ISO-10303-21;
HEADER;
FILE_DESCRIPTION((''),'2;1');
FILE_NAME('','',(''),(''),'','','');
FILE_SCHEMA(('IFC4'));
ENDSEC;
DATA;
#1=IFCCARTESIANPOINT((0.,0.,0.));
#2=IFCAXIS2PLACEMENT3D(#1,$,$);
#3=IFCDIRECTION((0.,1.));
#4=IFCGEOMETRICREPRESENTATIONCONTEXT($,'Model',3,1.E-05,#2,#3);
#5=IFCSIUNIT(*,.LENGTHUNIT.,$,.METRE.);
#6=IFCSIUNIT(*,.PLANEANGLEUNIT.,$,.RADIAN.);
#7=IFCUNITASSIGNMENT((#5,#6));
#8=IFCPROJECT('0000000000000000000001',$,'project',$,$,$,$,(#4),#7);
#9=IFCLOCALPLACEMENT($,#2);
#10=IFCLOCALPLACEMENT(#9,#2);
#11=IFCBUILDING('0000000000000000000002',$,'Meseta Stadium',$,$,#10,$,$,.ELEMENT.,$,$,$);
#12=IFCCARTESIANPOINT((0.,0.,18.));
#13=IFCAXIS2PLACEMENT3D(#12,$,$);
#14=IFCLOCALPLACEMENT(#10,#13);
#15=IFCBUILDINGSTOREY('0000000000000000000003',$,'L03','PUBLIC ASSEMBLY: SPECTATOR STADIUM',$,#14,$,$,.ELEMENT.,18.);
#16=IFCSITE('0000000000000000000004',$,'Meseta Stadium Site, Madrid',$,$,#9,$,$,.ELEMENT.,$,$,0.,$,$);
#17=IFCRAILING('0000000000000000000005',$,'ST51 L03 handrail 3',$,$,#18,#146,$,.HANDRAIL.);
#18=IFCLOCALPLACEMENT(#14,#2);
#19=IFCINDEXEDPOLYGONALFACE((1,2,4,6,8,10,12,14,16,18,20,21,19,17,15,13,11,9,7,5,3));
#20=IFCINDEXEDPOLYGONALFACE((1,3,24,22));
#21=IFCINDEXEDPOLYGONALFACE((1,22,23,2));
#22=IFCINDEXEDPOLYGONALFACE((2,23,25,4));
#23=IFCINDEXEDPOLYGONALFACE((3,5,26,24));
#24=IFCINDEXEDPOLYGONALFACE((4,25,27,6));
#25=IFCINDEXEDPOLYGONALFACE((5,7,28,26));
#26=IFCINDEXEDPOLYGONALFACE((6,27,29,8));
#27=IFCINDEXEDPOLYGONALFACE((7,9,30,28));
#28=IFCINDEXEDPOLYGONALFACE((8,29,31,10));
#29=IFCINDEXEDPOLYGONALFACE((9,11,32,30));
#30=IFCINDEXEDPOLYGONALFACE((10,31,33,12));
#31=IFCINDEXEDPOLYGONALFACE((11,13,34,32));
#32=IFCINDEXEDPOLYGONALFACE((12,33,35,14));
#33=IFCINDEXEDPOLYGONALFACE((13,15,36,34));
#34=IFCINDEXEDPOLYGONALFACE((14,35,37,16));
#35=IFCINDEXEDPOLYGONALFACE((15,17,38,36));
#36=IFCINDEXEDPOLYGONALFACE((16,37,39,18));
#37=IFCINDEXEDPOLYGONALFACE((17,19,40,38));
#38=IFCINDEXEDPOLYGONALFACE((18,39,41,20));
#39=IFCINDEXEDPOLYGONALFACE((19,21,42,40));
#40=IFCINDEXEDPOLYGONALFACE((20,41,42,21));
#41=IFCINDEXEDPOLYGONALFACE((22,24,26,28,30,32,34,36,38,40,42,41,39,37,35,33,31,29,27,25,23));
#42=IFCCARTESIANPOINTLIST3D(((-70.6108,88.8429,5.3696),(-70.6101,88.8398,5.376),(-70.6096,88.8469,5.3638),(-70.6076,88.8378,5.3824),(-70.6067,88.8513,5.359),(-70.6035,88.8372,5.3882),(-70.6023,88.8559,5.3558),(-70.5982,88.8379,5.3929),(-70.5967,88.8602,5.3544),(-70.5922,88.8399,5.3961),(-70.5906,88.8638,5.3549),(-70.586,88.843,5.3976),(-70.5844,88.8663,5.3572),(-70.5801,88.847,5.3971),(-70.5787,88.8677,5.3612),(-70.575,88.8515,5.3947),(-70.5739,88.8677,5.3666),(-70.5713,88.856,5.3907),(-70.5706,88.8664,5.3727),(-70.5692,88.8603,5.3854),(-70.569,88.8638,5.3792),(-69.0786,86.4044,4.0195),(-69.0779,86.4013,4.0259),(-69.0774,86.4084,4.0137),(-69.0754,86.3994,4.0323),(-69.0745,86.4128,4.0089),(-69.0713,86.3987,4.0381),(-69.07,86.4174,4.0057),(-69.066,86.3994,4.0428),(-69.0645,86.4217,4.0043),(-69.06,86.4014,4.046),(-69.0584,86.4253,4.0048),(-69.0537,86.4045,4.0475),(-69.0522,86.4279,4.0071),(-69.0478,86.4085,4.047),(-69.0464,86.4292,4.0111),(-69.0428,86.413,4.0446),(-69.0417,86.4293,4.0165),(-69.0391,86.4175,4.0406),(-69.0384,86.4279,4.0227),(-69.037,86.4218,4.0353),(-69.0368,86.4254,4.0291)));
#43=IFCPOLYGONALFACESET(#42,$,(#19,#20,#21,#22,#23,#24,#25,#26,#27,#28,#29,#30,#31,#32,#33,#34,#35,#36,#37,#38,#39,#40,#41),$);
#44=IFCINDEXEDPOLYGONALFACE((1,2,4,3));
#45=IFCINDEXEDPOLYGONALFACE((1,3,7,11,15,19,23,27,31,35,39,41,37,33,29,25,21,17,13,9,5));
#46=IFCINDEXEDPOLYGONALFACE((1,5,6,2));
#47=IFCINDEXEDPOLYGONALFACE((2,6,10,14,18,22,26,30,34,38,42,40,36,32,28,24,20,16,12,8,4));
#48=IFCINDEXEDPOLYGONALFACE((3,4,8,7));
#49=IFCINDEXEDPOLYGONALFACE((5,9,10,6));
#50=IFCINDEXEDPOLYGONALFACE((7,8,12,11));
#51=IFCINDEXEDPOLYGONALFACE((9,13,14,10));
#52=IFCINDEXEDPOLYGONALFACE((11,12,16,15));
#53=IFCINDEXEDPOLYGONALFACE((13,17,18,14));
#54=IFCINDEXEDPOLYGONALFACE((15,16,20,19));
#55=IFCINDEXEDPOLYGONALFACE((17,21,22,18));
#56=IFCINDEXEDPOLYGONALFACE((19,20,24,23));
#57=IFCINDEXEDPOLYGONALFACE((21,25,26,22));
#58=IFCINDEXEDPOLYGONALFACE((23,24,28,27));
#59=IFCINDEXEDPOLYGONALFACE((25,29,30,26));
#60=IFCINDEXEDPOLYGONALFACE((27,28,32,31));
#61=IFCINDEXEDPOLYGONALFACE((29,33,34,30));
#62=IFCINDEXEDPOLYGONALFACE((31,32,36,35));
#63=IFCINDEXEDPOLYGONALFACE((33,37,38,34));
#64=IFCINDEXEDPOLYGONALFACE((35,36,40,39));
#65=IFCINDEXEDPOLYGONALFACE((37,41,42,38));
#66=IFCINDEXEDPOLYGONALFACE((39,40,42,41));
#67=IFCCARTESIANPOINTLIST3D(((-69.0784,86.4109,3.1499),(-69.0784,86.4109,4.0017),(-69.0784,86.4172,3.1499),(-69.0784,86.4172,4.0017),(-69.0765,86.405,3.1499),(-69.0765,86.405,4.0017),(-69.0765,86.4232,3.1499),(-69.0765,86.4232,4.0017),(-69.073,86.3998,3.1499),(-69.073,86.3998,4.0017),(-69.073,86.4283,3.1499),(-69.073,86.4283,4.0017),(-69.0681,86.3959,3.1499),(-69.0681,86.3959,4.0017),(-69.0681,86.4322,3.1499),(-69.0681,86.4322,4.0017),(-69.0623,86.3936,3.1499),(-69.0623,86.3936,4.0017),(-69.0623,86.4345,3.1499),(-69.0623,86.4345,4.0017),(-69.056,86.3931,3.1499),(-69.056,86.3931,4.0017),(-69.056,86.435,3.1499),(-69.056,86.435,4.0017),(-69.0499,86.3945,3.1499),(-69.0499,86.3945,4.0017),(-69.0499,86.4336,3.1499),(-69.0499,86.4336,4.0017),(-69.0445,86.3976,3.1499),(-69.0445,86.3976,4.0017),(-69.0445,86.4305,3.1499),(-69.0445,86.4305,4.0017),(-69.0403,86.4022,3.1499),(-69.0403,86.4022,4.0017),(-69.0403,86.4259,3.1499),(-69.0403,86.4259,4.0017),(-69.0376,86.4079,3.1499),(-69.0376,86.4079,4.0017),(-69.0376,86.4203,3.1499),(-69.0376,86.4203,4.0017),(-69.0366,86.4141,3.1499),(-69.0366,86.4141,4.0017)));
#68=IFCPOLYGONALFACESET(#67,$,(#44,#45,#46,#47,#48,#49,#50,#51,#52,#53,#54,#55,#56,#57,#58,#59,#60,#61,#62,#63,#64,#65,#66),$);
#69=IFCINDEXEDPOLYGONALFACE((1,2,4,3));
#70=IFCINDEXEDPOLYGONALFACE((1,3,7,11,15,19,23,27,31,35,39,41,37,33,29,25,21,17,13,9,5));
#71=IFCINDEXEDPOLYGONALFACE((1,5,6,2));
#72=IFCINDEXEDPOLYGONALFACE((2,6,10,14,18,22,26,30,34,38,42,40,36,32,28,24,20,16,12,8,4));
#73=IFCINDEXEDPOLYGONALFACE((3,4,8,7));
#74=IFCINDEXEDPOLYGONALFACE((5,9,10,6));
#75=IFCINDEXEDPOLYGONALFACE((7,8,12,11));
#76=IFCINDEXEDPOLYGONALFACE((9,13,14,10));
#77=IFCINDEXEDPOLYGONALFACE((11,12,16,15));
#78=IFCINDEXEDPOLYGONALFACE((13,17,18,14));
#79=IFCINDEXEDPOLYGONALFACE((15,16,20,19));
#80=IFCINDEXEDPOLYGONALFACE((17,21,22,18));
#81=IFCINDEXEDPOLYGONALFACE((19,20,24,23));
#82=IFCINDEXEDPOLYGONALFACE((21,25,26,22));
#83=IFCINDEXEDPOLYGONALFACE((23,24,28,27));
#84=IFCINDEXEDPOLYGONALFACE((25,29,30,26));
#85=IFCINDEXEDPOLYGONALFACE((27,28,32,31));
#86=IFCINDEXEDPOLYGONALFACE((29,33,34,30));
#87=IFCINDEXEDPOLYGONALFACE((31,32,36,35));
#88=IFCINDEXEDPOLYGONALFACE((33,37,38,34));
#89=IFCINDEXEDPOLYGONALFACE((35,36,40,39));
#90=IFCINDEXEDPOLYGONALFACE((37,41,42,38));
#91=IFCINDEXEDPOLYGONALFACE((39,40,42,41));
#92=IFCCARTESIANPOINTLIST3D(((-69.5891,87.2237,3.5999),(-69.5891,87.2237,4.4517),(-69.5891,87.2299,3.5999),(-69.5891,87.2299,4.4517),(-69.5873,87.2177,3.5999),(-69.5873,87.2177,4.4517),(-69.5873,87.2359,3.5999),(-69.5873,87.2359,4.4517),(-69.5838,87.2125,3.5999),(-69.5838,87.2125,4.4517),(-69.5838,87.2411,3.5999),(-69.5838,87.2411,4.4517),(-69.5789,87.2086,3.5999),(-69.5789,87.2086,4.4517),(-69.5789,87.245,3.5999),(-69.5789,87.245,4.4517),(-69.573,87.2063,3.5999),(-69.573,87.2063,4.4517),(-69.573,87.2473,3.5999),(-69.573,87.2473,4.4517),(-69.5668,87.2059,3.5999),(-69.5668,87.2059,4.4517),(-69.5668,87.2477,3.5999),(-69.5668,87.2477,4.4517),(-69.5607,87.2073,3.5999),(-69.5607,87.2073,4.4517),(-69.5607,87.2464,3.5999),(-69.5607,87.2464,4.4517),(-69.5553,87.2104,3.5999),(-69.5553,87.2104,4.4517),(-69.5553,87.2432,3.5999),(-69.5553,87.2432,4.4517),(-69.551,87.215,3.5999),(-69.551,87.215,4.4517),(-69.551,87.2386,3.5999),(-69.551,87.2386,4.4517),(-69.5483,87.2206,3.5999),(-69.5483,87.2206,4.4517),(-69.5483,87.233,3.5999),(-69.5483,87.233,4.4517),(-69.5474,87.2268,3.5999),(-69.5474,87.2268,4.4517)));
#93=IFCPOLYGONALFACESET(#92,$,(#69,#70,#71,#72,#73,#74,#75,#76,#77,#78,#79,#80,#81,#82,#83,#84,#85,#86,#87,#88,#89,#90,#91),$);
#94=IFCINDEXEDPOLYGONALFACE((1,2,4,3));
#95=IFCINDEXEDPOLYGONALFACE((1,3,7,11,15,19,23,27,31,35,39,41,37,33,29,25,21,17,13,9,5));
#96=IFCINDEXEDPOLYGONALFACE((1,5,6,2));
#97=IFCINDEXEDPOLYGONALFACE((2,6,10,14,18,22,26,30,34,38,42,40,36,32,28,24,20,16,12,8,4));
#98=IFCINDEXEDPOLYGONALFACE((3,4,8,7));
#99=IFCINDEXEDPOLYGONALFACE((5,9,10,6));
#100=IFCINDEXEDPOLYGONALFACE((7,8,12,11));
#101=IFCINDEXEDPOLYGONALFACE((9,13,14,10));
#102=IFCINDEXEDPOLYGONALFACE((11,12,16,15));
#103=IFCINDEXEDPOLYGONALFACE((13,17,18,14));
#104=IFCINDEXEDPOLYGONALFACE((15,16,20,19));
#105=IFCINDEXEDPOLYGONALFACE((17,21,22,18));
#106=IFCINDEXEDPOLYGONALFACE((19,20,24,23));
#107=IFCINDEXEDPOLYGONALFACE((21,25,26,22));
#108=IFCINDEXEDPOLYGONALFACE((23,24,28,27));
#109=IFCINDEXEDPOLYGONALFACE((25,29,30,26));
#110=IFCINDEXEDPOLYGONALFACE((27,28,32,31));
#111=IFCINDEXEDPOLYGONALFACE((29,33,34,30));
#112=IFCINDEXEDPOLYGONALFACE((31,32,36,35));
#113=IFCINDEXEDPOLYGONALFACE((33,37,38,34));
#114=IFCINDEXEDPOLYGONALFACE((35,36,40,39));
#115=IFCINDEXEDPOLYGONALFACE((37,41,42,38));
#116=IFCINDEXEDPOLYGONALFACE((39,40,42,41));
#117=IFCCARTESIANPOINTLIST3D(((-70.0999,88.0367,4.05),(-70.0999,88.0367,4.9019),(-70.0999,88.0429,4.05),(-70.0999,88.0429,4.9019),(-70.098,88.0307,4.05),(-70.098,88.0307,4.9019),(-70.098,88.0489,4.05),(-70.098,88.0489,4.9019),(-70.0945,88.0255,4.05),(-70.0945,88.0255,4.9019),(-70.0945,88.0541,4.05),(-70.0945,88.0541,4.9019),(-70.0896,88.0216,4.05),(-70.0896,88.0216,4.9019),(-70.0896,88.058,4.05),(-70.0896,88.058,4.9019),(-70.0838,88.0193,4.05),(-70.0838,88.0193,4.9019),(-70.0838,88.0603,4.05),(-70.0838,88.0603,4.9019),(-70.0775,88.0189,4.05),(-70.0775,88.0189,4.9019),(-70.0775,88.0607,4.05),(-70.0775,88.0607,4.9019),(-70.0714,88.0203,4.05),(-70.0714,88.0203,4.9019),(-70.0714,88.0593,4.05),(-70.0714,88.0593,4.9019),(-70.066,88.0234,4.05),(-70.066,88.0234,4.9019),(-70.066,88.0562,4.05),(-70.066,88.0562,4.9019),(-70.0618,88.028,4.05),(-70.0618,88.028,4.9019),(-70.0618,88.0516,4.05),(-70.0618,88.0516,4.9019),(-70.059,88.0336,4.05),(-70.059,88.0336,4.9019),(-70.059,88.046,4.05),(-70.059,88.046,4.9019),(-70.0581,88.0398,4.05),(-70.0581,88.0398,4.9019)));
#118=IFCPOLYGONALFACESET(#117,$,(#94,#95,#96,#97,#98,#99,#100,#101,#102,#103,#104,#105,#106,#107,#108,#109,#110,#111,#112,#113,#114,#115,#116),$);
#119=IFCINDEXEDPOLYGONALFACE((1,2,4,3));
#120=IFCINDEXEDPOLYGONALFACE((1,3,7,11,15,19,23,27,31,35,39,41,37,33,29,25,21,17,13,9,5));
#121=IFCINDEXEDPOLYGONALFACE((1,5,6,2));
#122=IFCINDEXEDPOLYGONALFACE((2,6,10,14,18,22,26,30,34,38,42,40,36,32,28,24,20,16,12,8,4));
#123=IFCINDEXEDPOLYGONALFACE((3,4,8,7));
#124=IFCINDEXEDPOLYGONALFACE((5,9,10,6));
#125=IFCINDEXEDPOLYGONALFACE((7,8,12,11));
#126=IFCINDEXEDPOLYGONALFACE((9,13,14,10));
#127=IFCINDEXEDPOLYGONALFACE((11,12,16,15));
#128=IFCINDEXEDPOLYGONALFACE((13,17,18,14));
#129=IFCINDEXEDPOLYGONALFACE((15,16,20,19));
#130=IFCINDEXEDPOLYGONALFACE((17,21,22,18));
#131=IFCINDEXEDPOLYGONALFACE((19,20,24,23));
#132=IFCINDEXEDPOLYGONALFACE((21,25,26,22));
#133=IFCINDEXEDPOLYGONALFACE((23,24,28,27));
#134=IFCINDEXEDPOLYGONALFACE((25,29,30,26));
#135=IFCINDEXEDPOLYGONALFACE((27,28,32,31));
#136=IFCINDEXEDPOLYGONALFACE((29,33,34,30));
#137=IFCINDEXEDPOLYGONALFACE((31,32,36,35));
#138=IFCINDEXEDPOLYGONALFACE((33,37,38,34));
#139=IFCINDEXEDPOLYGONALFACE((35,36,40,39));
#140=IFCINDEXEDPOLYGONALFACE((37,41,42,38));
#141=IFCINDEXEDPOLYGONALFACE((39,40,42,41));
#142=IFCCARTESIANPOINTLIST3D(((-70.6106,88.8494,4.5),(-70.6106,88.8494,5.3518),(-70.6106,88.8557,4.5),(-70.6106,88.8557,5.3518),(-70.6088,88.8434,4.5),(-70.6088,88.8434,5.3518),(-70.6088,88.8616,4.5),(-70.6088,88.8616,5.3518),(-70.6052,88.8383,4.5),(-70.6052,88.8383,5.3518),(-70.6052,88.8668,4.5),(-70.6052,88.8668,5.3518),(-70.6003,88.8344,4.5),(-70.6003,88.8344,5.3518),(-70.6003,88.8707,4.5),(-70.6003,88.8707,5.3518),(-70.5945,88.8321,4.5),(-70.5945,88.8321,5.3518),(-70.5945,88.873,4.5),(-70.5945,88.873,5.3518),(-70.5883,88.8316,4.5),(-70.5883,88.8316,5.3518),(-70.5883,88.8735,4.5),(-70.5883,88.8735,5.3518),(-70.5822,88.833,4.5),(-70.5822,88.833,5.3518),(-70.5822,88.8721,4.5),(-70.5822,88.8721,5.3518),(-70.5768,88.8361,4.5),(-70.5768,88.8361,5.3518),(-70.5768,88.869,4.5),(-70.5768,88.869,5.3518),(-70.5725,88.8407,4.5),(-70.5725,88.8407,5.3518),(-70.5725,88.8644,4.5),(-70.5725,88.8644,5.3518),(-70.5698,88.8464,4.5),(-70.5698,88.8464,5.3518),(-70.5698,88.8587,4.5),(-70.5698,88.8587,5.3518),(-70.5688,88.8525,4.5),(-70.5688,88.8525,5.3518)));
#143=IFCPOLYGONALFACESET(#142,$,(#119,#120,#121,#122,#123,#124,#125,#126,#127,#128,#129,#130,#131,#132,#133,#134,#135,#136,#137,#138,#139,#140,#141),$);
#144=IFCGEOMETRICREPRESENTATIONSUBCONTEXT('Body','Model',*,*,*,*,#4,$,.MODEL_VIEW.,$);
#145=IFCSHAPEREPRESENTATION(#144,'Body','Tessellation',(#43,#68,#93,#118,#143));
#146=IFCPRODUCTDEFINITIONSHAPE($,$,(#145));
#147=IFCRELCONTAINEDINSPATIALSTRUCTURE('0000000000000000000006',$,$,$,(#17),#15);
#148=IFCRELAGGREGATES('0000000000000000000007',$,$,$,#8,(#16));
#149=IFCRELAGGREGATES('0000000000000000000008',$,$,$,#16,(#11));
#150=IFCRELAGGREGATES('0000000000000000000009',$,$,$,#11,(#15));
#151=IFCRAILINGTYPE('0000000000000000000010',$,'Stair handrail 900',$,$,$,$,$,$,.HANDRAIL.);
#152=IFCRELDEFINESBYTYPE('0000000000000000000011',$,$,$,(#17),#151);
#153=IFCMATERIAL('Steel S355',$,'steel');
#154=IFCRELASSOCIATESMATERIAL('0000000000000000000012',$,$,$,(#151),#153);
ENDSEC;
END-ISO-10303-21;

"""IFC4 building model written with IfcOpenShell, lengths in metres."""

from ifc_helpers import new_model, si_unit, direction, frame, origin, origin_2d, place, context, subcontext, project, spatial, circle, extrude, material, type_object, element, save


model = new_model("IFC4")

# Units and contexts
model_context = context("Model", 3, precision=1e-05, world=origin(), true_north=direction((0.0, 1.0)))
body_context = subcontext(model_context, "Body", "Model", "MODEL_VIEW")
ifc_project = project(units=[si_unit("LENGTHUNIT", "METRE"), si_unit("PLANEANGLEUNIT", "RADIAN")], contexts=[model_context])

# Site, building, storey
site_placement = place(None, origin())
site = spatial("IfcSite", under=ifc_project, at=site_placement, Name="Meseta Stadium Site, Madrid", CompositionType="ELEMENT", RefElevation=0.0)
building_placement = place(site_placement, origin())
building = spatial("IfcBuilding", under=site, at=building_placement, Name="Meseta Stadium", CompositionType="ELEMENT")
storey_placement = place(building_placement, frame((0.0, 0.0, 18.0)))
storey = spatial("IfcBuildingStorey", under=building, at=storey_placement, Name="L03", Description="PUBLIC ASSEMBLY: SPECTATOR STADIUM", CompositionType="ELEMENT", Elevation=18.0)

# Railing
ifc_material_1 = material(Name="Steel S355", Category="steel")
railing_type_1 = type_object("IfcRailingType", Name="Stair handrail 900", PredefinedType="HANDRAIL", material=ifc_material_1)
railing_1_placement = place(storey_placement, frame((-69.0576, 86.4141, 3.1499)))
element("IfcRailing", 1, at=railing_1_placement, inside=storey, type_object=railing_type_1, Name="ST51 L03 handrail 3", PredefinedType="HANDRAIL", context=body_context, shape_type="SweptSolid", body=[
    extrude(circle(Radius=0.0239, at=origin_2d()), frame((0.0, 0.0, 0.876), z_axis=(-0.481731, 0.766655, 0.42447), x_axis=(-0.846719, -0.53204, 0.0)), (0.0, 0.0, 1.0), 3.1807),
    extrude(circle(Radius=0.021, at=origin_2d()), origin(), (0.0, 0.0, 1.0), 0.8518),
    extrude(circle(Radius=0.021, at=origin_2d()), frame((-0.5107, 0.8127, 0.45)), (0.0, 0.0, 1.0), 0.8518),
    extrude(circle(Radius=0.021, at=origin_2d()), frame((-1.0215, 1.6257, 0.9001)), (0.0, 0.0, 1.0), 0.8518),
    extrude(circle(Radius=0.021, at=origin_2d()), frame((-1.5322, 2.4385, 1.3501)), (0.0, 0.0, 1.0), 0.8518),
])

save(model, "model.ifc")
